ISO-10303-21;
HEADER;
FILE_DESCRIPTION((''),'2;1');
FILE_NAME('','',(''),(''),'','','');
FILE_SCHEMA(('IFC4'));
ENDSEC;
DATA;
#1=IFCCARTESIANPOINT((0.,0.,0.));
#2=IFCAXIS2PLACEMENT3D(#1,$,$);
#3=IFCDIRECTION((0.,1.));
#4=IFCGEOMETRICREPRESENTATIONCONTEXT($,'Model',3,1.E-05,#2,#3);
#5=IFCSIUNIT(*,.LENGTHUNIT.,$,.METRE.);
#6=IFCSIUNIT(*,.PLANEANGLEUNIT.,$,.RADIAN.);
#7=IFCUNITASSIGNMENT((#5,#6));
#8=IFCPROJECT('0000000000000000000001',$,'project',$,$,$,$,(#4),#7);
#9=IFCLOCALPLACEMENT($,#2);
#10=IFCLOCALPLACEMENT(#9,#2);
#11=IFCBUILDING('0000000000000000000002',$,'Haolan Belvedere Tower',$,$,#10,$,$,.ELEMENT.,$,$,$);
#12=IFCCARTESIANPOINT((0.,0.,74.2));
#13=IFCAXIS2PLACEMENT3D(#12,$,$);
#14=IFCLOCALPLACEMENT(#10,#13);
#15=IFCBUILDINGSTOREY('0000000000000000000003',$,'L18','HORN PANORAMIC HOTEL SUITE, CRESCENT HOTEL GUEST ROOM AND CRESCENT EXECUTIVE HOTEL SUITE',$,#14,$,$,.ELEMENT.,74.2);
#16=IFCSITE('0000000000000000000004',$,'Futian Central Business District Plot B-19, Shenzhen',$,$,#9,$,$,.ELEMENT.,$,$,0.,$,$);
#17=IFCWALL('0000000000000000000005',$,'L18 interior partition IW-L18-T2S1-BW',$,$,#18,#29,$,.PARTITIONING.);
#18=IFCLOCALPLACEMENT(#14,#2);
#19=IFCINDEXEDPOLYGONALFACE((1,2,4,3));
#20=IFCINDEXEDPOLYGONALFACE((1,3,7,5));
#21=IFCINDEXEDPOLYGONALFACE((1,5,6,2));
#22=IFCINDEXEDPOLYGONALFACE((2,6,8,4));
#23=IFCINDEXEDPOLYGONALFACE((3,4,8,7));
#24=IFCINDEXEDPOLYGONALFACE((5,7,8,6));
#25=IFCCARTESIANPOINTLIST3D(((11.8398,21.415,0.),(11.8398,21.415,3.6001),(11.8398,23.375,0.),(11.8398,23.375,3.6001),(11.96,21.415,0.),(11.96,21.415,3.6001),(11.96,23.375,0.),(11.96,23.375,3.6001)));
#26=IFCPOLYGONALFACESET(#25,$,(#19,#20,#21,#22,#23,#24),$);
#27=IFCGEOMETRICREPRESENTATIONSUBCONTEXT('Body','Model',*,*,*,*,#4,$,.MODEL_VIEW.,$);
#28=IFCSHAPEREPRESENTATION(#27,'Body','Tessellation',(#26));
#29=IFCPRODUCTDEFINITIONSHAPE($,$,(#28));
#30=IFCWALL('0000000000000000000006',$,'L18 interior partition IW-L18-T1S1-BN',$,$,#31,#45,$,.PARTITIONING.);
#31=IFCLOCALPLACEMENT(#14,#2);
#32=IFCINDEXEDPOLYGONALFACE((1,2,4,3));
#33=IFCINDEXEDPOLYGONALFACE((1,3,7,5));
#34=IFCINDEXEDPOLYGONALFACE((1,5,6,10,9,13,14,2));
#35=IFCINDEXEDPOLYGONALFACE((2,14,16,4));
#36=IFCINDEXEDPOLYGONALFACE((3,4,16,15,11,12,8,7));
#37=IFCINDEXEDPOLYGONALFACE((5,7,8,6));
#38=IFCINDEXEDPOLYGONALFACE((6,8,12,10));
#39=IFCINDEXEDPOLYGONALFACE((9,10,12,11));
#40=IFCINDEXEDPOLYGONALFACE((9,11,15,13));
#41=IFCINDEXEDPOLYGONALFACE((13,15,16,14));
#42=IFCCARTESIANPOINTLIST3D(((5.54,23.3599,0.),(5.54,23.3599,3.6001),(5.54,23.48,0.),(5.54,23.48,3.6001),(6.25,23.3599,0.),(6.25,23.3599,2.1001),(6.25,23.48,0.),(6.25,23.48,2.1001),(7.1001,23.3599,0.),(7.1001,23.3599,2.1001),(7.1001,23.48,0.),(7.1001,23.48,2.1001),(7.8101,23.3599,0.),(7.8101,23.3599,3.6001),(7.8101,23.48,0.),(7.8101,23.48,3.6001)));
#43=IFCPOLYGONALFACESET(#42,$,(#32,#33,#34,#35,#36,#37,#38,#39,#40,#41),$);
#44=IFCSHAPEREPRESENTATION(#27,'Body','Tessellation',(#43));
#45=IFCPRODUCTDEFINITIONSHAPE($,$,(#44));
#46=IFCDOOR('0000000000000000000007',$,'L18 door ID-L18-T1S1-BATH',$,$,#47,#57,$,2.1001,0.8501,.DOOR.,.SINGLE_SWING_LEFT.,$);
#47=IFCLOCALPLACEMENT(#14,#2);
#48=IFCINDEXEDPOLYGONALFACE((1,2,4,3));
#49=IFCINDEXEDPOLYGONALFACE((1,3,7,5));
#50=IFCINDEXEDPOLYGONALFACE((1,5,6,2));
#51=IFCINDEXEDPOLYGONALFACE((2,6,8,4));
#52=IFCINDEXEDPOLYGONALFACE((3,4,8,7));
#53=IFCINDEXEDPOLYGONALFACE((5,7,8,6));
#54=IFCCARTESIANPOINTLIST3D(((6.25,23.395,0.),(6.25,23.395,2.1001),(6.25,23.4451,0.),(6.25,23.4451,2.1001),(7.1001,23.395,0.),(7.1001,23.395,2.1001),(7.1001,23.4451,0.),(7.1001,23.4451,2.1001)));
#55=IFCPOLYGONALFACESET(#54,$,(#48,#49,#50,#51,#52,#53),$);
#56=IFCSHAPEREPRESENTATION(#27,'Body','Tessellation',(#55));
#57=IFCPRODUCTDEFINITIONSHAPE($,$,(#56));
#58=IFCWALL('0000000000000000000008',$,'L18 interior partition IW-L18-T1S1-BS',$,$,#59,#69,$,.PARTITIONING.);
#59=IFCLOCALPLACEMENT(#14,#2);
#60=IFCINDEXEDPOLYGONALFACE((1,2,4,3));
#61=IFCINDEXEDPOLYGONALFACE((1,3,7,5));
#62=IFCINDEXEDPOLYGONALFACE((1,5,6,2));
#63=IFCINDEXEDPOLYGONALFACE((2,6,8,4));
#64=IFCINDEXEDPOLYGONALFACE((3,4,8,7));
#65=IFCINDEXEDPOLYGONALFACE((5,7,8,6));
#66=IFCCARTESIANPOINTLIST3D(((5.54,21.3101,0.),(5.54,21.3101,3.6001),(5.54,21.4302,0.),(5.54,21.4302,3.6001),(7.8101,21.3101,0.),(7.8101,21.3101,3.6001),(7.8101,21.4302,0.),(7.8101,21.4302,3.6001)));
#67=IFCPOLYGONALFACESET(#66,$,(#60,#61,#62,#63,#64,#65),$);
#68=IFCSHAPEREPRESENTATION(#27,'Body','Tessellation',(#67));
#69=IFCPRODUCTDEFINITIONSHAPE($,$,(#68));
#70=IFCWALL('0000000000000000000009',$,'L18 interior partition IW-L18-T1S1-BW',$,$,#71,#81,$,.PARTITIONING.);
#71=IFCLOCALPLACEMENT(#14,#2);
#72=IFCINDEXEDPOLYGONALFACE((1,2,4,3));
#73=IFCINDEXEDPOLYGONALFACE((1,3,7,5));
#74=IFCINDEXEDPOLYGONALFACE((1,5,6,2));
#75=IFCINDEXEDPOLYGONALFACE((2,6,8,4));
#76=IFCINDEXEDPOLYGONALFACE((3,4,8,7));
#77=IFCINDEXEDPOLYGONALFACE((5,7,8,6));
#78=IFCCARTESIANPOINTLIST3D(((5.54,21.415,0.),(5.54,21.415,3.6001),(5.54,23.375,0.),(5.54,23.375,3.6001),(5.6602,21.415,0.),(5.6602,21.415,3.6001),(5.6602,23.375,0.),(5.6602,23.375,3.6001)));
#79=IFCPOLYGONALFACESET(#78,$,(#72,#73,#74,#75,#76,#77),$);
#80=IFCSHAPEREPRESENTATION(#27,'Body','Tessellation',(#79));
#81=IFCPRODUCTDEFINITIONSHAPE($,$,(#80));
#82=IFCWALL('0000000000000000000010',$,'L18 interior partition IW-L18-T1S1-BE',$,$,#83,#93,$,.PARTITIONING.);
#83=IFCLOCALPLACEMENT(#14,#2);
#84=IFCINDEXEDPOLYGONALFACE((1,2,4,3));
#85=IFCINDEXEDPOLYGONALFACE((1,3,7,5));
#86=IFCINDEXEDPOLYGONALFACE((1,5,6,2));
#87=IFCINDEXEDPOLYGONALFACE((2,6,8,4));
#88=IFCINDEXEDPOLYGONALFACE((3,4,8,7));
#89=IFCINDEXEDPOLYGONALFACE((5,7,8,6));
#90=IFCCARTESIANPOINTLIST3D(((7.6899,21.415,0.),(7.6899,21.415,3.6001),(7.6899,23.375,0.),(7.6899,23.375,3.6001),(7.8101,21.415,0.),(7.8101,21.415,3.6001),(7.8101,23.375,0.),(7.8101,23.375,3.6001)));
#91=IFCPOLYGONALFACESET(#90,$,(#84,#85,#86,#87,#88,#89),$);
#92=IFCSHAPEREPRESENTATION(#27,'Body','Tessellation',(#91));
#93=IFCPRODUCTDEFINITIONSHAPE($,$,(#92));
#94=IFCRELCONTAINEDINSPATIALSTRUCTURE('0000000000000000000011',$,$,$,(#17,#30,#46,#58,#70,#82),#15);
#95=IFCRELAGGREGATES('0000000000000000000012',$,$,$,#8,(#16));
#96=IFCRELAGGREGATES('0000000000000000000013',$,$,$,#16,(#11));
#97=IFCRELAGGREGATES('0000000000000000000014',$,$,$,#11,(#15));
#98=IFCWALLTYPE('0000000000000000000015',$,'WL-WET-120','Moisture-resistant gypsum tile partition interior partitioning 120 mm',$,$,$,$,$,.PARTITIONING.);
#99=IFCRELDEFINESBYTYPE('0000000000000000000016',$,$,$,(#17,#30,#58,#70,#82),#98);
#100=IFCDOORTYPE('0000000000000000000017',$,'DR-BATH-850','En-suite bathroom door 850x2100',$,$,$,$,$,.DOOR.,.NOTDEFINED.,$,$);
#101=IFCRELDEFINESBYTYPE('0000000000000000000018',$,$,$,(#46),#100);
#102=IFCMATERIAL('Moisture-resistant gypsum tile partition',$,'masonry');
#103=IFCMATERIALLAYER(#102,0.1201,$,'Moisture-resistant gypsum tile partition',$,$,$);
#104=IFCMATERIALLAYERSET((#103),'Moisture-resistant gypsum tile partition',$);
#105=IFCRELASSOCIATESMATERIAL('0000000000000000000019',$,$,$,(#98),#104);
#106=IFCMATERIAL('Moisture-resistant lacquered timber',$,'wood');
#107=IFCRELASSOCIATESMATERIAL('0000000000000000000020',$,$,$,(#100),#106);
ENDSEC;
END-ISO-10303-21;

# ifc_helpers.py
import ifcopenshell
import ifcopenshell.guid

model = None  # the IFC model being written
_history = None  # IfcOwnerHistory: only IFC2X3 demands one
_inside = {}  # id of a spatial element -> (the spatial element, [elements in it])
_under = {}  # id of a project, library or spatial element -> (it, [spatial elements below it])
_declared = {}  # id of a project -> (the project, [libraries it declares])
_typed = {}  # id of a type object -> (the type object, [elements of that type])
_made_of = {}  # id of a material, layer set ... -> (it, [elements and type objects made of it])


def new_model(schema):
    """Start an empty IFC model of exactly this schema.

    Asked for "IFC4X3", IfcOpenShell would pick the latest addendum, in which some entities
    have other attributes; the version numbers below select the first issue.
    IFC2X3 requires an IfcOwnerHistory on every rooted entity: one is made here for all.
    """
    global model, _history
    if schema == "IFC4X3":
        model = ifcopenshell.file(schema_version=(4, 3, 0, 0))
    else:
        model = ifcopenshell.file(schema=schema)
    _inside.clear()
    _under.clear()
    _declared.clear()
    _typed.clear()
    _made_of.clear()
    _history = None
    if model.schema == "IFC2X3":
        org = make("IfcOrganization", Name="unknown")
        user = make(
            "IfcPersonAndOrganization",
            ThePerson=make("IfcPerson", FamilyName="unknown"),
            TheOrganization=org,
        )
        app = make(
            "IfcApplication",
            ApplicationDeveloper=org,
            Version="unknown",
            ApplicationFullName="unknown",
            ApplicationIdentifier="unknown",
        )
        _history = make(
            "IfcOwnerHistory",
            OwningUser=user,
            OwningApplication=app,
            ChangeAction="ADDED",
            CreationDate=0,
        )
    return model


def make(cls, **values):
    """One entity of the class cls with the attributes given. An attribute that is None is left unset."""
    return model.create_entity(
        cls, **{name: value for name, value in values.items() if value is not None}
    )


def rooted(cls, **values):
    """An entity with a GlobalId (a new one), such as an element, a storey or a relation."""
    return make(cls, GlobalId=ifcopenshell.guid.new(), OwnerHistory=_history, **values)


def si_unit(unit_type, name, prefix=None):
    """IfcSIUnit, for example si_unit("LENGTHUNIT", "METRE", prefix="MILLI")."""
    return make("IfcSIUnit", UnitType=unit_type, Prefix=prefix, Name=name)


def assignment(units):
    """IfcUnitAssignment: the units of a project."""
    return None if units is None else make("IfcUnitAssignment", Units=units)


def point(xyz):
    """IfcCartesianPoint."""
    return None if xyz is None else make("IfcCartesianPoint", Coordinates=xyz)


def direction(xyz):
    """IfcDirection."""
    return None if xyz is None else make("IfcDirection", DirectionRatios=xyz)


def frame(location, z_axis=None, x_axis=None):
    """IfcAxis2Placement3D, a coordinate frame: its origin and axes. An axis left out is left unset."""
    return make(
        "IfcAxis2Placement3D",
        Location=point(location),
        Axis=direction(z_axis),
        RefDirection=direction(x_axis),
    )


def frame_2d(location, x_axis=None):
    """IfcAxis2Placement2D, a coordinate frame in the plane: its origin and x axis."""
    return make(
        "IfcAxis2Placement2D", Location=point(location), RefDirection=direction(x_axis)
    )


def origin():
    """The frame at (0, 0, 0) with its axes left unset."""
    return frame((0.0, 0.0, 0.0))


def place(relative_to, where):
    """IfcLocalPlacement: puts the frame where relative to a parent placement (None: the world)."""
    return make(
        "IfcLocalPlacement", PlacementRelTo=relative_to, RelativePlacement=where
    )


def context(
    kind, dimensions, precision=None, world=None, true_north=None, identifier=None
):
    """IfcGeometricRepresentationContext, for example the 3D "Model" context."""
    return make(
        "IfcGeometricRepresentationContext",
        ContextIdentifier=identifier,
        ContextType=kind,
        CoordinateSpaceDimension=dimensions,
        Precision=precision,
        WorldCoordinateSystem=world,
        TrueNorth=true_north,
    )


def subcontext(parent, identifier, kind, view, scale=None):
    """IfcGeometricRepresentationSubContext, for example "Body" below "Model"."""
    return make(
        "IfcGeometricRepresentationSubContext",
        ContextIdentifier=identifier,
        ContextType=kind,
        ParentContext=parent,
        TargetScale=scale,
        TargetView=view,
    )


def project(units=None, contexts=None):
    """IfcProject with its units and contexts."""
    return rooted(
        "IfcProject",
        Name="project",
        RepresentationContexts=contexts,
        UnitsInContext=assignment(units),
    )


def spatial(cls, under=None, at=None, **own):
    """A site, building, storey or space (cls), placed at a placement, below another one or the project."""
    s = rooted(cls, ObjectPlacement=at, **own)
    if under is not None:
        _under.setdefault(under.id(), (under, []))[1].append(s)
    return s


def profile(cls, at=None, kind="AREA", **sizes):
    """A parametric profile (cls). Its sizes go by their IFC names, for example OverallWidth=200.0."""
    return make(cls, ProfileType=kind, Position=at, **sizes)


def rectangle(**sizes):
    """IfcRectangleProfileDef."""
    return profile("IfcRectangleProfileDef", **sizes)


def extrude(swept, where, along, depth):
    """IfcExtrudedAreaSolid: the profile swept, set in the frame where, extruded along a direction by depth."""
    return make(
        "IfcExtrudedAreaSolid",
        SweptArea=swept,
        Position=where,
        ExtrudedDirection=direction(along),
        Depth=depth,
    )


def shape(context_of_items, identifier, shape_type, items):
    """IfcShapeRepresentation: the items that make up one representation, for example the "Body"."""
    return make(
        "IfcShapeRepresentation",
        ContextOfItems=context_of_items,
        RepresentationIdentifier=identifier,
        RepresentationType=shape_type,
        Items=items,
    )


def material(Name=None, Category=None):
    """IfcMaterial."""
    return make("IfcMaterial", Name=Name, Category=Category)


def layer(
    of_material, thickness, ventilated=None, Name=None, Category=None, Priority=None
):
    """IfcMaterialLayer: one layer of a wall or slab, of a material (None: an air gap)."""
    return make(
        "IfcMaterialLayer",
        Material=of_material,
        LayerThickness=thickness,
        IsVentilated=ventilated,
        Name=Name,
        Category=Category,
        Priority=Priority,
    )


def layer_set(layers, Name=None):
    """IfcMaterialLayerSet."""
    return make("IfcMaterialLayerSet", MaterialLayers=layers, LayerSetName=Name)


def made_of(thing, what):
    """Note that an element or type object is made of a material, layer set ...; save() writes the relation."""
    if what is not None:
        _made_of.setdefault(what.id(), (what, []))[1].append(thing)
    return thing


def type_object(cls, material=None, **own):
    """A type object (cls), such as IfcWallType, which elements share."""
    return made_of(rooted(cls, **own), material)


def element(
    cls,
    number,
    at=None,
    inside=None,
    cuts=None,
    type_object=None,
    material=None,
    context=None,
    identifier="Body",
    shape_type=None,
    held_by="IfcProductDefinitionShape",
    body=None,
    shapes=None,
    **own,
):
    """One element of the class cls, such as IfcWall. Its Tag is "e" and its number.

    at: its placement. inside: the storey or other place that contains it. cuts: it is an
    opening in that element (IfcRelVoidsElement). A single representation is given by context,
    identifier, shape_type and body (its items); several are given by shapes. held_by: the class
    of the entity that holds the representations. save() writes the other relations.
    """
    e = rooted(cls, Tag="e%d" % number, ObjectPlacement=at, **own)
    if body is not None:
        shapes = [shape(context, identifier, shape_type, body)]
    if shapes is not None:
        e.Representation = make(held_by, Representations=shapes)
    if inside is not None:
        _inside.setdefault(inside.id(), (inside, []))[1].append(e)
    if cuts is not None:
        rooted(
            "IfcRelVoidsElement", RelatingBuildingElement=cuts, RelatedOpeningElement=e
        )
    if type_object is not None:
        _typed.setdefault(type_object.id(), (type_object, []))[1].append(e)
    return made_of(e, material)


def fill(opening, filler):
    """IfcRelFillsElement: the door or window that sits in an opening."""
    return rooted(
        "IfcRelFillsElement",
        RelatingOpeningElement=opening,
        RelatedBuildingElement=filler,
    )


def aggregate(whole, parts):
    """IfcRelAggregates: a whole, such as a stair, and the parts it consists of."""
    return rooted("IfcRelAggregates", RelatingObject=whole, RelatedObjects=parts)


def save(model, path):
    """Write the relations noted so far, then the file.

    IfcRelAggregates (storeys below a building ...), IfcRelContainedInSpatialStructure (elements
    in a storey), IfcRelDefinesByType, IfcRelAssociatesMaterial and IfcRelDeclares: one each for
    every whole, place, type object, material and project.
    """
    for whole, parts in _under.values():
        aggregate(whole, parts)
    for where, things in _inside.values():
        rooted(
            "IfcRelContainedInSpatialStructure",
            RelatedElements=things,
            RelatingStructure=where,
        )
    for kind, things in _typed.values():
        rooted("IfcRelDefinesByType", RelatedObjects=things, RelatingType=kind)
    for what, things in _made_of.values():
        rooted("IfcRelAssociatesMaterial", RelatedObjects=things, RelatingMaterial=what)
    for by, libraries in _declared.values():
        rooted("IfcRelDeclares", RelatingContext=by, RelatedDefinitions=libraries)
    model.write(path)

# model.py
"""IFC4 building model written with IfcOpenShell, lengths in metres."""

from ifc_helpers import new_model, si_unit, direction, frame, frame_2d, origin, place, context, subcontext, project, spatial, rectangle, extrude, material, layer, layer_set, type_object, element, fill, save


model = new_model("IFC4")

# Units and contexts
model_context = context("Model", 3, precision=1e-05, world=origin(), true_north=direction((0.0, 1.0)))
body_context = subcontext(model_context, "Body", "Model", "MODEL_VIEW")
ifc_project = project(units=[si_unit("LENGTHUNIT", "METRE"), si_unit("PLANEANGLEUNIT", "RADIAN")], contexts=[model_context])

# Site, building, storey
site_placement = place(None, origin())
site = spatial("IfcSite", under=ifc_project, at=site_placement, Name="Futian Central Business District Plot B-19, Shenzhen", CompositionType="ELEMENT", RefElevation=0.0)
building_placement = place(site_placement, origin())
building = spatial("IfcBuilding", under=site, at=building_placement, Name="Haolan Belvedere Tower", CompositionType="ELEMENT")
storey_placement = place(building_placement, frame((0.0, 0.0, 74.2)))
storey = spatial("IfcBuildingStorey", under=building, at=storey_placement, Name="L18", Description="HORN PANORAMIC HOTEL SUITE, CRESCENT HOTEL GUEST ROOM AND CRESCENT EXECUTIVE HOTEL SUITE", CompositionType="ELEMENT", Elevation=74.2)

# Wall
ifc_material_1 = material(Name="Moisture-resistant gypsum tile partition", Category="masonry")
ifc_layer_1 = layer(ifc_material_1, 0.1201, Name="Moisture-resistant gypsum tile partition")
ifc_layer_set_1 = layer_set([ifc_layer_1], Name="Moisture-resistant gypsum tile partition")
wall_type_1 = type_object("IfcWallType", Name="WL-WET-120", Description="Moisture-resistant gypsum tile partition interior partitioning 120 mm", PredefinedType="PARTITIONING", material=ifc_layer_set_1)
wall_1_placement = place(storey_placement, frame((11.8999, 21.415, 0.0), z_axis=(0.0, 0.0, 1.0), x_axis=(0.0, 1.0, 0.0)))
element("IfcWall", 1, at=wall_1_placement, inside=storey, type_object=wall_type_1, Name="L18 interior partition IW-L18-T2S1-BW", PredefinedType="PARTITIONING", context=body_context, shape_type="SweptSolid", body=[
    extrude(rectangle(XDim=1.96, YDim=0.1201, at=frame_2d((0.98, 0.0))), origin(), (0.0, 0.0, 1.0), 3.6001),
])

# Wall, opening, door
wall_2_placement = place(storey_placement, frame((5.54, 23.4199, 0.0), z_axis=(0.0, 0.0, 1.0), x_axis=(1.0, 0.0, 0.0)))
wall_2 = element("IfcWall", 2, at=wall_2_placement, inside=storey, type_object=wall_type_1, Name="L18 interior partition IW-L18-T1S1-BN", PredefinedType="PARTITIONING", context=body_context, shape_type="SweptSolid", body=[
    extrude(rectangle(XDim=2.27, YDim=0.1201, at=frame_2d((1.135, 0.0))), origin(), (0.0, 0.0, 1.0), 3.6001),
])
opening_1_placement = place(wall_2_placement, frame((1.5601, 0.0, 0.0), z_axis=(0.0, 0.0, 1.0), x_axis=(-1.0, 0.0, 0.0)))
opening_1 = element("IfcOpeningElement", 3, at=opening_1_placement, cuts=wall_2, PredefinedType="OPENING", context=body_context, shape_type="SweptSolid", body=[
    extrude(rectangle(XDim=0.8501, YDim=2.1001, at=frame_2d((0.425, 1.05))), frame((0.0, 0.0701, 0.0), z_axis=(0.0, -1.0, 0.0), x_axis=(1.0, 0.0, 0.0)), (0.0, 0.0, 1.0), 0.1401),
])
ifc_material_2 = material(Name="Moisture-resistant lacquered timber", Category="wood")
door_type_1 = type_object("IfcDoorType", Name="DR-BATH-850", Description="En-suite bathroom door 850x2100", OperationType="NOTDEFINED", PredefinedType="DOOR", material=ifc_material_2)
door_1_placement = place(opening_1_placement, origin())
door_1 = element("IfcDoor", 4, at=door_1_placement, inside=storey, type_object=door_type_1, Name="L18 door ID-L18-T1S1-BATH", OperationType="SINGLE_SWING_LEFT", OverallHeight=2.1001, OverallWidth=0.8501, PredefinedType="DOOR", context=body_context, shape_type="SweptSolid", body=[
    extrude(rectangle(XDim=0.8501, YDim=2.1001, at=frame_2d((0.425, 1.05))), frame((0.0, 0.0249, 0.0), z_axis=(0.0, -1.0, 0.0), x_axis=(1.0, 0.0, 0.0)), (0.0, 0.0, 1.0), 0.05),
])
fill(opening_1, door_1)

# Walls
wall_3_placement = place(storey_placement, frame((5.54, 21.3701, 0.0), z_axis=(0.0, 0.0, 1.0), x_axis=(1.0, 0.0, 0.0)))
element("IfcWall", 5, at=wall_3_placement, inside=storey, type_object=wall_type_1, Name="L18 interior partition IW-L18-T1S1-BS", PredefinedType="PARTITIONING", context=body_context, shape_type="SweptSolid", body=[
    extrude(rectangle(XDim=2.27, YDim=0.1201, at=frame_2d((1.135, 0.0))), origin(), (0.0, 0.0, 1.0), 3.6001),
])
for number, where, z_axis, x_axis, name in (
    (6, (5.6001, 21.415, 0.0), (0.0, 0.0, 1.0), (0.0, 1.0, 0.0), "L18 interior partition IW-L18-T1S1-BW"),
    (7, (7.75, 21.415, 0.0), (0.0, 0.0, 1.0), (0.0, 1.0, 0.0), "L18 interior partition IW-L18-T1S1-BE"),
):
    element("IfcWall", number, at=place(storey_placement, frame(where, z_axis=z_axis, x_axis=x_axis)), inside=storey, type_object=wall_type_1, Name=name, PredefinedType="PARTITIONING", context=body_context, shape_type="SweptSolid", body=[
        extrude(rectangle(XDim=1.96, YDim=0.1201, at=frame_2d((0.98, 0.0))), origin(), (0.0, 0.0, 1.0), 3.6001),
    ])

save(model, "model.ifc")
